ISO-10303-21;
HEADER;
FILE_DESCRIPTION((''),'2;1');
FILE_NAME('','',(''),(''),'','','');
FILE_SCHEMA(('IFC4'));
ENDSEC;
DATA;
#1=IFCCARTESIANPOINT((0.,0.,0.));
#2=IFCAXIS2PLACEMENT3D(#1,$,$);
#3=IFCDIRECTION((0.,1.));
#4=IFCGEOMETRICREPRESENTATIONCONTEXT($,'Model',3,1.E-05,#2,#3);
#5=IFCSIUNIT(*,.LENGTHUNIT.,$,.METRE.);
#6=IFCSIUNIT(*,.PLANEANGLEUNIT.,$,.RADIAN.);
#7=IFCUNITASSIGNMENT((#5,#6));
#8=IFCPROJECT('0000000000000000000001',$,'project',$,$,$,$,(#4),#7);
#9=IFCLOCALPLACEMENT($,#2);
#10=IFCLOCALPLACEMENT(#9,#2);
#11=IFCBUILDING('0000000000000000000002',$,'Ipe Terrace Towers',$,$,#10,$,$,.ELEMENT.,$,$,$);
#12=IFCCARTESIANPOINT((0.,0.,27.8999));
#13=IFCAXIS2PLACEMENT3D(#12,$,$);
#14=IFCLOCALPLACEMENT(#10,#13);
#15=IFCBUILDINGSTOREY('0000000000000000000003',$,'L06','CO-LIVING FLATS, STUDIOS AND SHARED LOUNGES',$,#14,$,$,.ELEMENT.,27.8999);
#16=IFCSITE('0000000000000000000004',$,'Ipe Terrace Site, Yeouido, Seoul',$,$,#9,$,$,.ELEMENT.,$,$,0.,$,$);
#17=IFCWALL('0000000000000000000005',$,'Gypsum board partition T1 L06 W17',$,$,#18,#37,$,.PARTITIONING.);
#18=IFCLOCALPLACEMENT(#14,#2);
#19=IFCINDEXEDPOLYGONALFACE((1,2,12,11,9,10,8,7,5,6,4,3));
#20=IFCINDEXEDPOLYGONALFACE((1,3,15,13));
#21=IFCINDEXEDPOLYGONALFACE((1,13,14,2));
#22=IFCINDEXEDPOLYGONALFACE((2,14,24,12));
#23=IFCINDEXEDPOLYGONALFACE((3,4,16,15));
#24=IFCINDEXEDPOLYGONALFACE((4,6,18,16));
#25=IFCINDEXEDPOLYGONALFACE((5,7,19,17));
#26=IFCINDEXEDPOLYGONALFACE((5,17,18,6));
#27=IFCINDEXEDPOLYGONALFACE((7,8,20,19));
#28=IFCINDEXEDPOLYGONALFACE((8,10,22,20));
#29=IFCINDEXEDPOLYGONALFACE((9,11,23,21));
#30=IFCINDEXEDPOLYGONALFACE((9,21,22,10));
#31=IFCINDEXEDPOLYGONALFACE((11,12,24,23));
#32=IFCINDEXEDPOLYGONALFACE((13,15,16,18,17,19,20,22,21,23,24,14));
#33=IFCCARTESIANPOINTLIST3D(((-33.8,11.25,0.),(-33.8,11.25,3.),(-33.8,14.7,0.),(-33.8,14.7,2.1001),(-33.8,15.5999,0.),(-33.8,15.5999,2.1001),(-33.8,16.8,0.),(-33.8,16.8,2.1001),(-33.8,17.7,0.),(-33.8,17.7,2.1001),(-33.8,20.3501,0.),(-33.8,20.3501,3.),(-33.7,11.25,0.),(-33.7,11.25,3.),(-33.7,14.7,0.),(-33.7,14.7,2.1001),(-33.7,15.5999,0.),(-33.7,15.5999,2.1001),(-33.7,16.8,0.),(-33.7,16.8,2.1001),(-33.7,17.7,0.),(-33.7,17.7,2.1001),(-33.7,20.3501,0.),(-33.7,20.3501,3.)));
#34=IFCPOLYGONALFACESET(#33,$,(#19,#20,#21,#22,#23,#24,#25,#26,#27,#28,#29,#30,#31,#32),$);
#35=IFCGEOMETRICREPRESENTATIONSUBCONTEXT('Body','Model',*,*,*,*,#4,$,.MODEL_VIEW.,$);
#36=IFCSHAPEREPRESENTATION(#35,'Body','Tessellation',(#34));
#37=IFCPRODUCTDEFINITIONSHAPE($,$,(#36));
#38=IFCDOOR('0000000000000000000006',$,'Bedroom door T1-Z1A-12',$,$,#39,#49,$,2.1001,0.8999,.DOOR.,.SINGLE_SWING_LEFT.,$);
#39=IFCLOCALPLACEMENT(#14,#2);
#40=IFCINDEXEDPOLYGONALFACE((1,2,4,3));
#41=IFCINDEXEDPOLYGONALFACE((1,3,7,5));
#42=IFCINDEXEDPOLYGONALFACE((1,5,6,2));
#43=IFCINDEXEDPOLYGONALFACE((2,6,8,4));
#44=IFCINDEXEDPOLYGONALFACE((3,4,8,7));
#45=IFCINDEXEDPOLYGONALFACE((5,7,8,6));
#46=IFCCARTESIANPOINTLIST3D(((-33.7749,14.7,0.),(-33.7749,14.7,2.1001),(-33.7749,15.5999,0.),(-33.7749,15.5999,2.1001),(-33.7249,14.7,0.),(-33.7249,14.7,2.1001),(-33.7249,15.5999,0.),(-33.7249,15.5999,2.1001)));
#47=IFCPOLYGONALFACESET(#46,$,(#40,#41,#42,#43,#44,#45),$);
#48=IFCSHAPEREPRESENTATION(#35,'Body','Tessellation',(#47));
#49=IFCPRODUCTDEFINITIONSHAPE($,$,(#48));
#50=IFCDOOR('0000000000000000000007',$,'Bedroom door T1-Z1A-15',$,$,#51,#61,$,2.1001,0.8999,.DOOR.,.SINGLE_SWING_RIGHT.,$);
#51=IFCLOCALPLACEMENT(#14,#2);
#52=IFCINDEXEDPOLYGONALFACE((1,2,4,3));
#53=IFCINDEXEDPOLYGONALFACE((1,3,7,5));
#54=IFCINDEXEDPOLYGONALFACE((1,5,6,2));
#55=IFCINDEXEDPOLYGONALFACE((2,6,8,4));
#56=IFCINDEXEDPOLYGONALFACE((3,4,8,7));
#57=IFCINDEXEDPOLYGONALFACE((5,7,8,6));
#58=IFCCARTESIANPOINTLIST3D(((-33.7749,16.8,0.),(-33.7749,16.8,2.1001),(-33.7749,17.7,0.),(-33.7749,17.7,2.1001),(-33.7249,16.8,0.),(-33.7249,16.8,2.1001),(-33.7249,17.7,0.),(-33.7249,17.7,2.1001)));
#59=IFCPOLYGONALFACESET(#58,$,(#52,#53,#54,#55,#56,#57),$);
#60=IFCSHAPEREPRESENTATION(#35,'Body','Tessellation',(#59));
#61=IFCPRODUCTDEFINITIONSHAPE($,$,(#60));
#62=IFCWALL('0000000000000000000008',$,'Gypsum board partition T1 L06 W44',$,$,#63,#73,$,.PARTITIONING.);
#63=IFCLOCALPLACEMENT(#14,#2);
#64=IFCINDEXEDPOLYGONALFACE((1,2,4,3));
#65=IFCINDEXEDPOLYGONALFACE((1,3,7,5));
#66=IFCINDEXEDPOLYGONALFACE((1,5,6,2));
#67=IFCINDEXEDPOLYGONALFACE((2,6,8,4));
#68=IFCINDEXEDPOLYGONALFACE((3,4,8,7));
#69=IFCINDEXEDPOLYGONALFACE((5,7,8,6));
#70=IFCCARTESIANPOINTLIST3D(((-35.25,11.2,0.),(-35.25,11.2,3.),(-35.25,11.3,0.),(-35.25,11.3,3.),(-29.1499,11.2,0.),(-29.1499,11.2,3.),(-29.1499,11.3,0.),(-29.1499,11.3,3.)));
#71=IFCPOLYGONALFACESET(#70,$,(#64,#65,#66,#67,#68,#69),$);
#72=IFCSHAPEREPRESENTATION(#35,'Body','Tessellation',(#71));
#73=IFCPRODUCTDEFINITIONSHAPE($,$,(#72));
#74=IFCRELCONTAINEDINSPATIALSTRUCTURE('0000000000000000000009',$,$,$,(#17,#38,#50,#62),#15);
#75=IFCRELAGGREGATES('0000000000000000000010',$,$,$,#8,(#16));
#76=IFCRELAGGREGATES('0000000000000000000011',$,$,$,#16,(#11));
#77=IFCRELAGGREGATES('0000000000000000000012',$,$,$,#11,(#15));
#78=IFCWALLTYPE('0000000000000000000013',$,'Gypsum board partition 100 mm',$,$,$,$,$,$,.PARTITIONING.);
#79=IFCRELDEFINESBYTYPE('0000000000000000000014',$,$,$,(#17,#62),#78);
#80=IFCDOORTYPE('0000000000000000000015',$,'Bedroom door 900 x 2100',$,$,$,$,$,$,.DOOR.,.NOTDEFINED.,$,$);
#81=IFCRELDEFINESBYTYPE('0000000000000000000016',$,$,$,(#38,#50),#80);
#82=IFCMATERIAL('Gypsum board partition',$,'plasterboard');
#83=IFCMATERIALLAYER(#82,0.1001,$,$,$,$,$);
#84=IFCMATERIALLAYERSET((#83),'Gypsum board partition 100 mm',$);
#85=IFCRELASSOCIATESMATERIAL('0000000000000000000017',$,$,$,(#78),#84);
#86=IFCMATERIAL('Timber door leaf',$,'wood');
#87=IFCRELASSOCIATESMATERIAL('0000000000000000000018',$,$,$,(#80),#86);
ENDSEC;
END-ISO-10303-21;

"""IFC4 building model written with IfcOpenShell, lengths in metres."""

from ifc_helpers import new_model, si_unit, direction, frame, frame_2d, origin, place, context, subcontext, project, spatial, rectangle, extrude, material, layer, layer_set, type_object, element, fill, save


model = new_model("IFC4")

# Units and contexts
model_context = context("Model", 3, precision=1e-05, world=origin(), true_north=direction((0.0, 1.0)))
body_context = subcontext(model_context, "Body", "Model", "MODEL_VIEW")
ifc_project = project(units=[si_unit("LENGTHUNIT", "METRE"), si_unit("PLANEANGLEUNIT", "RADIAN")], contexts=[model_context])

# Site, building, storey
site_placement = place(None, origin())
site = spatial("IfcSite", under=ifc_project, at=site_placement, Name="Ipe Terrace Site, Yeouido, Seoul", CompositionType="ELEMENT", RefElevation=0.0)
building_placement = place(site_placement, origin())
building = spatial("IfcBuilding", under=site, at=building_placement, Name="Ipe Terrace Towers", CompositionType="ELEMENT")
storey_placement = place(building_placement, frame((0.0, 0.0, 27.8999)))
storey = spatial("IfcBuildingStorey", under=building, at=storey_placement, Name="L06", Description="CO-LIVING FLATS, STUDIOS AND SHARED LOUNGES", CompositionType="ELEMENT", Elevation=27.8999)

# Wall, openings, doors
ifc_material_1 = material(Name="Gypsum board partition", Category="plasterboard")
ifc_layer_1 = layer(ifc_material_1, 0.1001)
ifc_layer_set_1 = layer_set([ifc_layer_1], Name="Gypsum board partition 100 mm")
wall_type_1 = type_object("IfcWallType", Name="Gypsum board partition 100 mm", PredefinedType="PARTITIONING", material=ifc_layer_set_1)
wall_1_placement = place(storey_placement, frame((-33.75, 11.25, 0.0), z_axis=(0.0, 0.0, 1.0), x_axis=(0.0, 1.0, 0.0)))
wall_1 = element("IfcWall", 1, at=wall_1_placement, inside=storey, type_object=wall_type_1, Name="Gypsum board partition T1 L06 W17", PredefinedType="PARTITIONING", context=body_context, shape_type="SweptSolid", body=[
    extrude(rectangle(XDim=9.1001, YDim=0.1001, at=frame_2d((4.55, 0.0))), origin(), (0.0, 0.0, 1.0), 3.0),
])
opening_1_placement = place(wall_1_placement, frame((3.45, 0.0, 0.0)))
opening_1 = element("IfcOpeningElement", 2, at=opening_1_placement, cuts=wall_1, PredefinedType="OPENING", context=body_context, shape_type="SweptSolid", body=[
    extrude(rectangle(XDim=0.8999, YDim=2.1001, at=frame_2d((0.45, 1.05))), frame((0.0, 0.0601, 0.0), z_axis=(0.0, -1.0, 0.0), x_axis=(1.0, 0.0, 0.0)), (0.0, 0.0, 1.0), 0.1201),
])
opening_2_placement = place(wall_1_placement, frame((5.55, 0.0, 0.0)))
opening_2 = element("IfcOpeningElement", 3, at=opening_2_placement, cuts=wall_1, PredefinedType="OPENING", context=body_context, shape_type="SweptSolid", body=[
    extrude(rectangle(XDim=0.8999, YDim=2.1001, at=frame_2d((0.45, 1.05))), frame((0.0, 0.0601, 0.0), z_axis=(0.0, -1.0, 0.0), x_axis=(1.0, 0.0, 0.0)), (0.0, 0.0, 1.0), 0.1201),
])
ifc_material_2 = material(Name="Timber door leaf", Category="wood")
door_type = type_object("IfcDoorType", Name="Bedroom door 900 x 2100", OperationType="NOTDEFINED", PredefinedType="DOOR", material=ifc_material_2)
door_1_placement = place(opening_1_placement, origin())
door_1 = element("IfcDoor", 4, at=door_1_placement, inside=storey, type_object=door_type, Name="Bedroom door T1-Z1A-12", OperationType="SINGLE_SWING_LEFT", OverallHeight=2.1001, OverallWidth=0.8999, PredefinedType="DOOR", context=body_context, shape_type="SweptSolid", body=[
    extrude(rectangle(XDim=0.8999, YDim=2.1001, at=frame_2d((0.45, 1.05))), frame((0.0, 0.0249, 0.0), z_axis=(0.0, -1.0, 0.0), x_axis=(1.0, 0.0, 0.0)), (0.0, 0.0, 1.0), 0.05),
])
fill(opening_1, door_1)
door_2_placement = place(opening_2_placement, origin())
door_2 = element("IfcDoor", 5, at=door_2_placement, inside=storey, type_object=door_type, Name="Bedroom door T1-Z1A-15", OperationType="SINGLE_SWING_RIGHT", OverallHeight=2.1001, OverallWidth=0.8999, PredefinedType="DOOR", context=body_context, shape_type="SweptSolid", body=[
    extrude(rectangle(XDim=0.8999, YDim=2.1001, at=frame_2d((0.45, 1.05))), frame((0.0, 0.0249, 0.0), z_axis=(0.0, -1.0, 0.0), x_axis=(1.0, 0.0, 0.0)), (0.0, 0.0, 1.0), 0.05),
])
fill(opening_2, door_2)

# Wall
wall_2_placement = place(storey_placement, frame((-35.25, 11.25, 0.0), z_axis=(0.0, 0.0, 1.0), x_axis=(1.0, 0.0, 0.0)))
element("IfcWall", 6, at=wall_2_placement, inside=storey, type_object=wall_type_1, Name="Gypsum board partition T1 L06 W44", PredefinedType="PARTITIONING", context=body_context, shape_type="SweptSolid", body=[
    extrude(rectangle(XDim=6.1001, YDim=0.1001, at=frame_2d((3.05, 0.0))), origin(), (0.0, 0.0, 1.0), 3.0),
])

save(model, "model.ifc")
